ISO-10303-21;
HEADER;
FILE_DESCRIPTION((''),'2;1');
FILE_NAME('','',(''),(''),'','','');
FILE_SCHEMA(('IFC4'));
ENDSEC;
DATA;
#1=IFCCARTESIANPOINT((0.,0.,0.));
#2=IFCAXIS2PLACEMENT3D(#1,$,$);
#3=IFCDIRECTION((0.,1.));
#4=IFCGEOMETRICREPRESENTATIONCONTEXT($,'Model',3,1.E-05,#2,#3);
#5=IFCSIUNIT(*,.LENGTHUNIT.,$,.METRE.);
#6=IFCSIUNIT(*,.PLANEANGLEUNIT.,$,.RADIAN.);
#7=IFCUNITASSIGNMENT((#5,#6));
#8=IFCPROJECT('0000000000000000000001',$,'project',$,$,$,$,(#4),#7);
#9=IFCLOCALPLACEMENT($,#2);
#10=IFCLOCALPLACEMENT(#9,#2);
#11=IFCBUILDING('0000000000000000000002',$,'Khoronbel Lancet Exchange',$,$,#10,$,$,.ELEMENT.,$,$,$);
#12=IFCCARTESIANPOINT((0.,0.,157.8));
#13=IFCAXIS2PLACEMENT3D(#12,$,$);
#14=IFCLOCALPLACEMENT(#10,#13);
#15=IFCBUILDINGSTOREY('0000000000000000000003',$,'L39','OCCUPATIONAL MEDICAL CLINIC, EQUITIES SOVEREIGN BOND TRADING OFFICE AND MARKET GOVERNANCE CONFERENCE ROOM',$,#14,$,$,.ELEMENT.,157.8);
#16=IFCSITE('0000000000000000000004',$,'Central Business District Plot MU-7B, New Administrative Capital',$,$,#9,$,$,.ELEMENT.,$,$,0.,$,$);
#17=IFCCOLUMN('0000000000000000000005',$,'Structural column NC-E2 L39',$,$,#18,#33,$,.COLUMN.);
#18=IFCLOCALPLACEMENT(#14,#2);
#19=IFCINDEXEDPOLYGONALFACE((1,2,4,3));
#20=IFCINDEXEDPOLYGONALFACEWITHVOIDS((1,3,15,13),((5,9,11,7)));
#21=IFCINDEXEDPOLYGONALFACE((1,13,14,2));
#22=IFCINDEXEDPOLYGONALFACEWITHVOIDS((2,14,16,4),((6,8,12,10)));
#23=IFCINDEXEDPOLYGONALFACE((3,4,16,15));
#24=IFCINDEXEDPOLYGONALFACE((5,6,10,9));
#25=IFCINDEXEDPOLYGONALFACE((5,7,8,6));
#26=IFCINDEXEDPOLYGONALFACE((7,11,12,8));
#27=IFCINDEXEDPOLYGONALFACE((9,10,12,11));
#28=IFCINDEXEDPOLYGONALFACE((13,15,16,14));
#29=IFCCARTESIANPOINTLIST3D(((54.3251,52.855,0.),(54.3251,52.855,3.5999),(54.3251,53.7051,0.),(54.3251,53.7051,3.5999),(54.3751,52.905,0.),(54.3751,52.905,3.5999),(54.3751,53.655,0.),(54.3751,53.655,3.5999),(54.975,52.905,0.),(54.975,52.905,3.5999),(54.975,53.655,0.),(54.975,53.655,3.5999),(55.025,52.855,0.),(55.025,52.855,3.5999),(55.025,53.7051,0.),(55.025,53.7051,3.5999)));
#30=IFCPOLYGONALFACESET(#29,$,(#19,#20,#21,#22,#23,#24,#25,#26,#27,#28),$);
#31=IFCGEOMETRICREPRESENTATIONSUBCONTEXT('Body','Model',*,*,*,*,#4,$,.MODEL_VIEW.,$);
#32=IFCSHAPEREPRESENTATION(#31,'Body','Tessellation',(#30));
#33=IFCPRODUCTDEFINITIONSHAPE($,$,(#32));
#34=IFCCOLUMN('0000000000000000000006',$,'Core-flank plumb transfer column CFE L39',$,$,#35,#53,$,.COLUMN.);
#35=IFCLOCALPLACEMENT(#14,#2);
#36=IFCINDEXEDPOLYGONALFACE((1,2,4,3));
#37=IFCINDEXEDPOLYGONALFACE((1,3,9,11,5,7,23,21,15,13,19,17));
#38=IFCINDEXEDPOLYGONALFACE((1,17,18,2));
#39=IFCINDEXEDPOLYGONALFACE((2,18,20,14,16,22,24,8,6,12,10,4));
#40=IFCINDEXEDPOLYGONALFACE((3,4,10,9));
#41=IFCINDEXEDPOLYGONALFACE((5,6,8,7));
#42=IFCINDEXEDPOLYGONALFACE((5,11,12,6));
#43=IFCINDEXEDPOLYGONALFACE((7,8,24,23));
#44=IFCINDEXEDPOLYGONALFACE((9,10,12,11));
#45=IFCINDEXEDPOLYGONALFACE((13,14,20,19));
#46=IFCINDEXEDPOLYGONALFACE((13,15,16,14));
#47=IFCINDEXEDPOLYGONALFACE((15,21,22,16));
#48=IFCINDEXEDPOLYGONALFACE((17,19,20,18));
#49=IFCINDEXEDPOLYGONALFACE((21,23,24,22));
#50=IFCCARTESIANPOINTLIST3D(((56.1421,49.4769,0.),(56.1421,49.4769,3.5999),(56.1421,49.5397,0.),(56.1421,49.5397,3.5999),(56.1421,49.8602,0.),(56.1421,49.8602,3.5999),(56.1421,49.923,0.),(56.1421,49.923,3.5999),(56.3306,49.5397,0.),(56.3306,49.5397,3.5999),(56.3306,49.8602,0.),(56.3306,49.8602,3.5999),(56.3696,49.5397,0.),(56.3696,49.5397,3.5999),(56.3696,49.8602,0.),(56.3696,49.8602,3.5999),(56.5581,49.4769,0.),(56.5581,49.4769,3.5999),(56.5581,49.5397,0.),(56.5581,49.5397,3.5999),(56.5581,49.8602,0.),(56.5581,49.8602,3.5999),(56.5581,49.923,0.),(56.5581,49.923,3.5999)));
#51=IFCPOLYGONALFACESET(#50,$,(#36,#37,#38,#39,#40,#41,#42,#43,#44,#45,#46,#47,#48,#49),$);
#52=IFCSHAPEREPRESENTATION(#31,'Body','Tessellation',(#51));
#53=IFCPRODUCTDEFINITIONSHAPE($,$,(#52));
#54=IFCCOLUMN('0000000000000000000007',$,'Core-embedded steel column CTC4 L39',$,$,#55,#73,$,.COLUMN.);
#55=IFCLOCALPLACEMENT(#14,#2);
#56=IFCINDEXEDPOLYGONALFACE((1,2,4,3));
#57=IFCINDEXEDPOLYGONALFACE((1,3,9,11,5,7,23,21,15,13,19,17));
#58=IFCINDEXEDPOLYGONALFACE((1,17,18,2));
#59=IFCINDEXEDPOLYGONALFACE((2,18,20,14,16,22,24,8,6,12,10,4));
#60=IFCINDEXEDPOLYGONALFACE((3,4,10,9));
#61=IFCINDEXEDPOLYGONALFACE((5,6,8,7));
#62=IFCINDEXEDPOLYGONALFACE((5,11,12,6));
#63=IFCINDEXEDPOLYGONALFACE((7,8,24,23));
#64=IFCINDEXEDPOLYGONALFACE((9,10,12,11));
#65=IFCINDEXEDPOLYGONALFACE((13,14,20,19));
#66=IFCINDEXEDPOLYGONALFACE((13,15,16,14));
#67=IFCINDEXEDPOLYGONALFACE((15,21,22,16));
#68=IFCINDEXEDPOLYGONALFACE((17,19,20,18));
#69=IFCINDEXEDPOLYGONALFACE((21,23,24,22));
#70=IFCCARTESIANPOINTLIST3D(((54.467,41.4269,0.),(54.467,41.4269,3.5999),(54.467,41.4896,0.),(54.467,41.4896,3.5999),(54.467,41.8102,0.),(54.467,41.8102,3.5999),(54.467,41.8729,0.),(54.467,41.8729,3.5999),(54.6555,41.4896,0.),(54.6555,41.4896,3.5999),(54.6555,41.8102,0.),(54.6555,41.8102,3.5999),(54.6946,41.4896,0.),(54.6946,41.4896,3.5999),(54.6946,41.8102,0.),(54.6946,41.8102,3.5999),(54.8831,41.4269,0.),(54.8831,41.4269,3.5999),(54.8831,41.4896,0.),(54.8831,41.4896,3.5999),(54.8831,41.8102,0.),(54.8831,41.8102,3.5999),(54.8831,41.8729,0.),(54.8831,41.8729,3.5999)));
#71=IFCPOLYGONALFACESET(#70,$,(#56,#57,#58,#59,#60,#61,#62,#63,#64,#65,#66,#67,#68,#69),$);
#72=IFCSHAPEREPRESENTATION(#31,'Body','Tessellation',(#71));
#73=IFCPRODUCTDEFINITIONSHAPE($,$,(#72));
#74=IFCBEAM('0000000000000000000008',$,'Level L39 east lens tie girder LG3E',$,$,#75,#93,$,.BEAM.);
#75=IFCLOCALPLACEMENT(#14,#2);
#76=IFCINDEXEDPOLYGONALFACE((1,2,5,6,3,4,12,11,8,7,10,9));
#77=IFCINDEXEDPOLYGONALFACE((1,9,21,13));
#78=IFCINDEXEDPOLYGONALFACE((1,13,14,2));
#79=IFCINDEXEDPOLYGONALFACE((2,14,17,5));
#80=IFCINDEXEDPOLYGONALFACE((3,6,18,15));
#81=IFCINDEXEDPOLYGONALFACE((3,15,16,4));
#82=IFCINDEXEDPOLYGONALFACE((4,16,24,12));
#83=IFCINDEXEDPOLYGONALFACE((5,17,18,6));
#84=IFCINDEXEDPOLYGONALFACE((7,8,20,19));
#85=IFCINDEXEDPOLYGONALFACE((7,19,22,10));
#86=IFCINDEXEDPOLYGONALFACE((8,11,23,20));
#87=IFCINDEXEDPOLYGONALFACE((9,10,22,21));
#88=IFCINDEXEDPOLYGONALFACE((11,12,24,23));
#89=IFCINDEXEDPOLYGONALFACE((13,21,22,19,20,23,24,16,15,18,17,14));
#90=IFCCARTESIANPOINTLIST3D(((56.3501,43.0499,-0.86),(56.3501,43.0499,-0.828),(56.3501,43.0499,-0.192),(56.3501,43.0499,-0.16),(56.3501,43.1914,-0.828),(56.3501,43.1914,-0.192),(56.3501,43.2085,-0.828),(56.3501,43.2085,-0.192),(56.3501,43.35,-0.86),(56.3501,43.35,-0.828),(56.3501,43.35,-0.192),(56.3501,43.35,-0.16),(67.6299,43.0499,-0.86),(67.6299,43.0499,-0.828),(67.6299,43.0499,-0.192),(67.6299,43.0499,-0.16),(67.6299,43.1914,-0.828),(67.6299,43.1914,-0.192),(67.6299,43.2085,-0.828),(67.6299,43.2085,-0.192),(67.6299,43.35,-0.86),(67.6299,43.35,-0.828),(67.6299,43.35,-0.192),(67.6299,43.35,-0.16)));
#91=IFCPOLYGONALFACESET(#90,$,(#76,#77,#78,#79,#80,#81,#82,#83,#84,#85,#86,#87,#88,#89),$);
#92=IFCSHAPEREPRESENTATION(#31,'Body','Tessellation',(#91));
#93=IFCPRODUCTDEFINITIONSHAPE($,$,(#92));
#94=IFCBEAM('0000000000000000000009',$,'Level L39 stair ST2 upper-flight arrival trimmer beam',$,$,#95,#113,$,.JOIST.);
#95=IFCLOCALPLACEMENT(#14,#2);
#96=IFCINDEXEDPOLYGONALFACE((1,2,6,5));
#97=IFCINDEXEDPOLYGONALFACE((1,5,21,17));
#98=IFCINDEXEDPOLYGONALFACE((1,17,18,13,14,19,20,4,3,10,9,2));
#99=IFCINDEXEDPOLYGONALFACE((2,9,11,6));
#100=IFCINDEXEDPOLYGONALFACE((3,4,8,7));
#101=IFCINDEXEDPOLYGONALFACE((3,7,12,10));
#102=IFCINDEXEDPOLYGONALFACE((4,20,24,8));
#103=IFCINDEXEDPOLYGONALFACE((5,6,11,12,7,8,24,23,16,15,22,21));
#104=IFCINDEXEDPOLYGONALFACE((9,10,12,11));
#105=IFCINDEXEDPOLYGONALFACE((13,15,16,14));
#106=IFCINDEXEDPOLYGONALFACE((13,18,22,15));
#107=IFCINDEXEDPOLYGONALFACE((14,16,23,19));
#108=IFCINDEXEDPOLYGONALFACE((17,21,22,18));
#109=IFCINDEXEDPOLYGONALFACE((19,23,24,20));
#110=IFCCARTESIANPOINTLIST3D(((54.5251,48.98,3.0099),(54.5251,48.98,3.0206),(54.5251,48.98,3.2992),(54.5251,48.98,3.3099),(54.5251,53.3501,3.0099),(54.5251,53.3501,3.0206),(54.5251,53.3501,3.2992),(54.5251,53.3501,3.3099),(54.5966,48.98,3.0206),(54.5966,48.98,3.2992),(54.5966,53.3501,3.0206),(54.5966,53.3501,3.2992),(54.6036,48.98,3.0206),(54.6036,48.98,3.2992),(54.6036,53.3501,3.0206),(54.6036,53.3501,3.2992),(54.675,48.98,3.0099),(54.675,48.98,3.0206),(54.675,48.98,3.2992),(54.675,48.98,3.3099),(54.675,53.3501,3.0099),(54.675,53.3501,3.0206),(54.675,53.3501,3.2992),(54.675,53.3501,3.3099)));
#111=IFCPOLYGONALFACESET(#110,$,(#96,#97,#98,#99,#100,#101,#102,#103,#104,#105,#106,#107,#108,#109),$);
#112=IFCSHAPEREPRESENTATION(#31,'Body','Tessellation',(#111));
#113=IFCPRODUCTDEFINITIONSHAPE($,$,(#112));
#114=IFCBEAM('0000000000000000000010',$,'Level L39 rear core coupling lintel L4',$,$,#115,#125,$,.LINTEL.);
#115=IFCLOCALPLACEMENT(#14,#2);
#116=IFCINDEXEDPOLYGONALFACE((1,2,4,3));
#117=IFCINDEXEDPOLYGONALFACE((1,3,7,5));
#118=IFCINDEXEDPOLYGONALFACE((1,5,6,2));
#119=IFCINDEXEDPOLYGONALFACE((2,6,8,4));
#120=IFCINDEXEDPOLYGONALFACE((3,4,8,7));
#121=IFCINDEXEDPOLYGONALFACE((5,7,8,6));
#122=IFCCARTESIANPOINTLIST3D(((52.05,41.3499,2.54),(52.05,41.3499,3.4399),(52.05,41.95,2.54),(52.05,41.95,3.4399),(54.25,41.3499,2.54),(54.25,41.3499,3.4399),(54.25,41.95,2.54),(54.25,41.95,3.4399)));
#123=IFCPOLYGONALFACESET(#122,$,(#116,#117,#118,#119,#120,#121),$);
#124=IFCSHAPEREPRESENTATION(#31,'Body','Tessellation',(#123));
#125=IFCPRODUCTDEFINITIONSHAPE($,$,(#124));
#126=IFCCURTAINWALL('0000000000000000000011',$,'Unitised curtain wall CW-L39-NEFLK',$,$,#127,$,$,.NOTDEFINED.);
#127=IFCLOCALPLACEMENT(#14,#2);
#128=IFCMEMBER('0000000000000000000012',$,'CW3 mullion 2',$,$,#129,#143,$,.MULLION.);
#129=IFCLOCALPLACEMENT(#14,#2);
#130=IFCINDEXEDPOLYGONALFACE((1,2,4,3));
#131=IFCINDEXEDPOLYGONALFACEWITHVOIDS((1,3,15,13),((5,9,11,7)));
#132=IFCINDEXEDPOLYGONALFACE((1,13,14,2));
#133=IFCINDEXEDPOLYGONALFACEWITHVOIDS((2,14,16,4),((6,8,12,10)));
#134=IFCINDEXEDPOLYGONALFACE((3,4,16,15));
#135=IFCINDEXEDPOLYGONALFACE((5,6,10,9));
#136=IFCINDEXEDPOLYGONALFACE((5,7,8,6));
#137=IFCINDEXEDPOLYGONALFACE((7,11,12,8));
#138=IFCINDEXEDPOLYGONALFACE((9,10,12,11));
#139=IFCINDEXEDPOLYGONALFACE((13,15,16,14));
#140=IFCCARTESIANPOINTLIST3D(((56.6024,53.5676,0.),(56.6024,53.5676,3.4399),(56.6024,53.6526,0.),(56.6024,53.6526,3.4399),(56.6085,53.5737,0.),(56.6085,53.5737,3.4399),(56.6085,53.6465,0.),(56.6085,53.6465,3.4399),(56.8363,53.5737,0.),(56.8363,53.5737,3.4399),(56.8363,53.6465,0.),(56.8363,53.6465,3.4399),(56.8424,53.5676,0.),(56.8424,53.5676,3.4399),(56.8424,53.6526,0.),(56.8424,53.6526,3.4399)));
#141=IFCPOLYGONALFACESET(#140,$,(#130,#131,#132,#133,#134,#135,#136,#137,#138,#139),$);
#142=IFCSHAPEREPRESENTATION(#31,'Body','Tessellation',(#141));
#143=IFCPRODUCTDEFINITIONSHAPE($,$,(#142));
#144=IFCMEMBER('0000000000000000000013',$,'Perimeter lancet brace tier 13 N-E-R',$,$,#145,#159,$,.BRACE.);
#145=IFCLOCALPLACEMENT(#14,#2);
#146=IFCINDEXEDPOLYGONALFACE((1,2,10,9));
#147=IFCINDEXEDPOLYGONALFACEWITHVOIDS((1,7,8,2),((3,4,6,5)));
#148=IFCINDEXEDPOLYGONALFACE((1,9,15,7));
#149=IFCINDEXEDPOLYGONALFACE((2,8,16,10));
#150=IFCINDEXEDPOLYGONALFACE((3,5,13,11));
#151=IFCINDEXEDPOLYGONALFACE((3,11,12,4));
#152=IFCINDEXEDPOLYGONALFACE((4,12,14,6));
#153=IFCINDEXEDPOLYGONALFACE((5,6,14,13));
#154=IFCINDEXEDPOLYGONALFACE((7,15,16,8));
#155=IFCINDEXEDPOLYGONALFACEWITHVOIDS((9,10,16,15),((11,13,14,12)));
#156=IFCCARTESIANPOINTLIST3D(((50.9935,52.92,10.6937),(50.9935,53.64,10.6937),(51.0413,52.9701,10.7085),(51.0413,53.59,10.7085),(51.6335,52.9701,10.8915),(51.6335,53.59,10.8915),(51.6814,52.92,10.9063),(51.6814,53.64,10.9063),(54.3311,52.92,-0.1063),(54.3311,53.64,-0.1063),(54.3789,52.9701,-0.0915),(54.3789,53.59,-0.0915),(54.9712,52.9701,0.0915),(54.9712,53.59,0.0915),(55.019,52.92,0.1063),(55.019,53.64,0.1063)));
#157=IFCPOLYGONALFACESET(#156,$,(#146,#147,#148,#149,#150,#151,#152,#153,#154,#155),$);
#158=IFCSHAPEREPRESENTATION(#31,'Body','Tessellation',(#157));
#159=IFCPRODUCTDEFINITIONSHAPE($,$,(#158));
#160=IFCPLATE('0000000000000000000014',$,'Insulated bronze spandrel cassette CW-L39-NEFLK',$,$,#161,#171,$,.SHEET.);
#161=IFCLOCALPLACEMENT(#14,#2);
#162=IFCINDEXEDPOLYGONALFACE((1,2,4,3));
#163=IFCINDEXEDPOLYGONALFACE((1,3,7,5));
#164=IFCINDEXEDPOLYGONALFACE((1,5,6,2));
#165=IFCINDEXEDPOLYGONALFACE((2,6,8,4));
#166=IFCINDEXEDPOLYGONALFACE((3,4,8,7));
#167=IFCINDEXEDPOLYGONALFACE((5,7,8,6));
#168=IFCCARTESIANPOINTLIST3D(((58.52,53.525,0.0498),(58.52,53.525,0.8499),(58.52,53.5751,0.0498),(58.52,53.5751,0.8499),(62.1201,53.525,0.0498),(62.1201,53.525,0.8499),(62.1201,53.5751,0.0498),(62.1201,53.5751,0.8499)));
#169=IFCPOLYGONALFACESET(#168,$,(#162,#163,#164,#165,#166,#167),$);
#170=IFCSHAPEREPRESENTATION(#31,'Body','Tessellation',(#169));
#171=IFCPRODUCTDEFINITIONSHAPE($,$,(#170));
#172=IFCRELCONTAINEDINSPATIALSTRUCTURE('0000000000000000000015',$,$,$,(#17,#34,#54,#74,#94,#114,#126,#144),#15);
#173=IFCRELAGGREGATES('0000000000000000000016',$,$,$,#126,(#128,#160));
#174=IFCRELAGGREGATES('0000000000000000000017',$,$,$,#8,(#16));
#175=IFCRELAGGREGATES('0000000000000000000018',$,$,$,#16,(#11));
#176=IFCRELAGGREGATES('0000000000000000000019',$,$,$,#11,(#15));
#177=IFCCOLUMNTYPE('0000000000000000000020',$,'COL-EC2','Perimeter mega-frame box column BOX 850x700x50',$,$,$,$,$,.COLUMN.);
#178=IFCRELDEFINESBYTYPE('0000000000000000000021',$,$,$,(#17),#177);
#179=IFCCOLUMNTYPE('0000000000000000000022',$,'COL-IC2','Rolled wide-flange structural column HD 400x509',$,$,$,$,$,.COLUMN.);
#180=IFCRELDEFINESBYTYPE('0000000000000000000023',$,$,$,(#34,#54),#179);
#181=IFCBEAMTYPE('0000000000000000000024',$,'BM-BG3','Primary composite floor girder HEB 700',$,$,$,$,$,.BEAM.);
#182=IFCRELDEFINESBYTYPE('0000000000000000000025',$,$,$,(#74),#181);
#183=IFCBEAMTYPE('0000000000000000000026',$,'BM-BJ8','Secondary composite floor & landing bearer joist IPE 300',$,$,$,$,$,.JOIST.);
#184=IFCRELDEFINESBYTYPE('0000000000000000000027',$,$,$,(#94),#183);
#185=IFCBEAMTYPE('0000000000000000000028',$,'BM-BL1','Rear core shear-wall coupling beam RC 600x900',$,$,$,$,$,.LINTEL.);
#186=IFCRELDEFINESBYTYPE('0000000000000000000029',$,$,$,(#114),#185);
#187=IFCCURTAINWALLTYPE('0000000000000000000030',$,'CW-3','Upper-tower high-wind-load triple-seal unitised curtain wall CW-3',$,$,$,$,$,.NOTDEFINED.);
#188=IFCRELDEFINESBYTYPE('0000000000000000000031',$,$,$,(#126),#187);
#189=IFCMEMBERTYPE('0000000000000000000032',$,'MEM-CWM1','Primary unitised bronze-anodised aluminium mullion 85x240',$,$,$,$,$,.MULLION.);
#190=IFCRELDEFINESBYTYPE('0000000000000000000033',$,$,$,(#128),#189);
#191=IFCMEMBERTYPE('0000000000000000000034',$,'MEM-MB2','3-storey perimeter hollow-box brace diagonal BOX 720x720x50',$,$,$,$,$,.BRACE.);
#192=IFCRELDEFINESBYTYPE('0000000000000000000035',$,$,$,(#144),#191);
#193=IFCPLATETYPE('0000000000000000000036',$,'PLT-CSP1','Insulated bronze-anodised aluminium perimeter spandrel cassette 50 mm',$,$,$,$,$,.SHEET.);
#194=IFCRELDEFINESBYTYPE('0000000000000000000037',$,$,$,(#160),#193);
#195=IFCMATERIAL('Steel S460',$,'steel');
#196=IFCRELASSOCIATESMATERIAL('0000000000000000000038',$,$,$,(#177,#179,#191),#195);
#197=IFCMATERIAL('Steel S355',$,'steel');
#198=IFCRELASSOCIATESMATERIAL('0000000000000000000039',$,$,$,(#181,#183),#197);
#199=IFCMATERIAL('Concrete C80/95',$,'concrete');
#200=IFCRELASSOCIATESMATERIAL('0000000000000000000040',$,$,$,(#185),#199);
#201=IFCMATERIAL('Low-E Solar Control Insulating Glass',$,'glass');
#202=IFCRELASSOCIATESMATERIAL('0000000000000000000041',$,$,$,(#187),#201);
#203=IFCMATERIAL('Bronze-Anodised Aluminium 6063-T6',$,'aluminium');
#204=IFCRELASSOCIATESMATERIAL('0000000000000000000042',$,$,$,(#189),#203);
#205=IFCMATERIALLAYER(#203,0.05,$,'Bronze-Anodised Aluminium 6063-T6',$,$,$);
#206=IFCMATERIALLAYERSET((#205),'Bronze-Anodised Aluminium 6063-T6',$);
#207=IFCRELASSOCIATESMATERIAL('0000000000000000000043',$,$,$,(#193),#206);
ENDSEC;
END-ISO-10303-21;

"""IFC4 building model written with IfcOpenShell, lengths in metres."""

from ifc_helpers import new_model, si_unit, direction, frame, origin, origin_2d, place, context, subcontext, project, spatial, rectangle, hollow_rectangle, i_section, extrude, material, layer, layer_set, material_profile, profile_set, type_object, element, aggregate, save


model = new_model("IFC4")

# Units and contexts
model_context = context("Model", 3, precision=1e-05, world=origin(), true_north=direction((0.0, 1.0)))
body_context = subcontext(model_context, "Body", "Model", "MODEL_VIEW")
ifc_project = project(units=[si_unit("LENGTHUNIT", "METRE"), si_unit("PLANEANGLEUNIT", "RADIAN")], contexts=[model_context])

# Site, building, storey
site_placement = place(None, origin())
site = spatial("IfcSite", under=ifc_project, at=site_placement, Name="Central Business District Plot MU-7B, New Administrative Capital", CompositionType="ELEMENT", RefElevation=0.0)
building_placement = place(site_placement, origin())
building = spatial("IfcBuilding", under=site, at=building_placement, Name="Khoronbel Lancet Exchange", CompositionType="ELEMENT")
storey_placement = place(building_placement, frame((0.0, 0.0, 157.8)))
storey = spatial("IfcBuildingStorey", under=building, at=storey_placement, Name="L39", Description="OCCUPATIONAL MEDICAL CLINIC, EQUITIES SOVEREIGN BOND TRADING OFFICE AND MARKET GOVERNANCE CONFERENCE ROOM", CompositionType="ELEMENT", Elevation=157.8)

# Columns
ifc_material_1 = material(Name="Steel S460", Category="steel")
ifc_material_profile_1 = material_profile(ifc_material_1, hollow_rectangle(XDim=0.7, YDim=0.8501, WallThickness=0.05, at=origin_2d()), Name="BOX 850x700x50")
ifc_profile_set_1 = profile_set([ifc_material_profile_1], Name="Steel S460")
column_type_1 = type_object("IfcColumnType", Name="COL-EC2", Description="Perimeter mega-frame box column BOX 850x700x50", PredefinedType="COLUMN", material=ifc_profile_set_1)
column_placement = place(storey_placement, frame((54.675, 53.28, 0.0), z_axis=(0.0, 0.0, 1.0), x_axis=(1.0, 0.0, 0.0)))
element("IfcColumn", 1, at=column_placement, inside=storey, type_object=column_type_1, Name="Structural column NC-E2 L39", PredefinedType="COLUMN", context=body_context, shape_type="SweptSolid", body=[
    extrude(hollow_rectangle(XDim=0.7, YDim=0.8501, WallThickness=0.05, at=origin_2d()), origin(), (0.0, 0.0, 1.0), 3.5999),
])
ifc_material_profile_2 = material_profile(ifc_material_1, i_section(OverallWidth=0.416, OverallDepth=0.446, WebThickness=0.0391, FlangeThickness=0.0627, at=origin_2d()), Name="HD 400x509")
ifc_profile_set_2 = profile_set([ifc_material_profile_2], Name="Steel S460")
column_type_2 = type_object("IfcColumnType", Name="COL-IC2", Description="Rolled wide-flange structural column HD 400x509", PredefinedType="COLUMN", material=ifc_profile_set_2)
for number, where, z_axis, x_axis, name in (
    (2, (56.3501, 49.7, 0.0), (0.0, 0.0, 1.0), (1.0, 0.0, 0.0), "Core-flank plumb transfer column CFE L39"),
    (3, (54.675, 41.6499, 0.0), (0.0, 0.0, 1.0), (1.0, 0.0, 0.0), "Core-embedded steel column CTC4 L39"),
):
    element("IfcColumn", number, at=place(storey_placement, frame(where, z_axis=z_axis, x_axis=x_axis)), inside=storey, type_object=column_type_2, Name=name, PredefinedType="COLUMN", context=body_context, shape_type="SweptSolid", body=[
        extrude(i_section(OverallWidth=0.416, OverallDepth=0.446, WebThickness=0.0391, FlangeThickness=0.0627, at=origin_2d()), origin(), (0.0, 0.0, 1.0), 3.5999),
    ])

# Beams
ifc_material_2 = material(Name="Steel S355", Category="steel")
ifc_material_profile_3 = material_profile(ifc_material_2, i_section(OverallWidth=0.3, OverallDepth=0.7, WebThickness=0.0171, FlangeThickness=0.032, at=origin_2d()), Name="HEB 700")
ifc_profile_set_3 = profile_set([ifc_material_profile_3], Name="Steel S355")
beam_type_1 = type_object("IfcBeamType", Name="BM-BG3", Description="Primary composite floor girder HEB 700", PredefinedType="BEAM", material=ifc_profile_set_3)
beam_1_placement = place(storey_placement, frame((56.3501, 43.2, -0.51), z_axis=(1.0, 0.0, 0.0), x_axis=(0.0, 1.0, 0.0)))
element("IfcBeam", 4, at=beam_1_placement, inside=storey, type_object=beam_type_1, Name="Level L39 east lens tie girder LG3E", PredefinedType="BEAM", context=body_context, shape_type="SweptSolid", body=[
    extrude(i_section(OverallWidth=0.3, OverallDepth=0.7, WebThickness=0.0171, FlangeThickness=0.032, at=origin_2d()), origin(), (0.0, 0.0, 1.0), 11.2798),
])
ifc_material_profile_4 = material_profile(ifc_material_2, i_section(OverallWidth=0.1499, OverallDepth=0.3, WebThickness=0.0071, FlangeThickness=0.0107, at=origin_2d()), Name="IPE 300")
ifc_profile_set_4 = profile_set([ifc_material_profile_4], Name="Steel S355")
beam_type_2 = type_object("IfcBeamType", Name="BM-BJ8", Description="Secondary composite floor & landing bearer joist IPE 300", PredefinedType="JOIST", material=ifc_profile_set_4)
beam_2_placement = place(storey_placement, frame((54.6001, 48.98, 3.1599), z_axis=(0.0, 1.0, 0.0), x_axis=(-1.0, 0.0, 0.0)))
element("IfcBeam", 5, at=beam_2_placement, inside=storey, type_object=beam_type_2, Name="Level L39 stair ST2 upper-flight arrival trimmer beam", PredefinedType="JOIST", context=body_context, shape_type="SweptSolid", body=[
    extrude(i_section(OverallWidth=0.1499, OverallDepth=0.3, WebThickness=0.0071, FlangeThickness=0.0107, at=origin_2d()), origin(), (0.0, 0.0, 1.0), 4.3701),
])
ifc_material_3 = material(Name="Concrete C80/95", Category="concrete")
ifc_material_profile_5 = material_profile(ifc_material_3, rectangle(XDim=0.6001, YDim=0.8999, at=origin_2d()), Name="RC 600x900")
ifc_profile_set_5 = profile_set([ifc_material_profile_5], Name="Concrete C80/95")
beam_type_3 = type_object("IfcBeamType", Name="BM-BL1", Description="Rear core shear-wall coupling beam RC 600x900", PredefinedType="LINTEL", material=ifc_profile_set_5)
beam_3_placement = place(storey_placement, frame((52.05, 41.6499, 2.99), z_axis=(1.0, 0.0, 0.0), x_axis=(0.0, 1.0, 0.0)))
element("IfcBeam", 6, at=beam_3_placement, inside=storey, type_object=beam_type_3, Name="Level L39 rear core coupling lintel L4", PredefinedType="LINTEL", context=body_context, shape_type="SweptSolid", body=[
    extrude(rectangle(XDim=0.6001, YDim=0.8999, at=origin_2d()), origin(), (0.0, 0.0, 1.0), 2.2),
])

# Curtain wall, member
ifc_material_4 = material(Name="Low-E Solar Control Insulating Glass", Category="glass")
curtain_wall_type = type_object("IfcCurtainWallType", Name="CW-3", Description="Upper-tower high-wind-load triple-seal unitised curtain wall CW-3", PredefinedType="NOTDEFINED", material=ifc_material_4)
curtain_wall_placement = place(storey_placement, origin())
curtain_wall = element("IfcCurtainWall", 7, at=curtain_wall_placement, inside=storey, type_object=curtain_wall_type, Name="Unitised curtain wall CW-L39-NEFLK", PredefinedType="NOTDEFINED")
ifc_material_5 = material(Name="Bronze-Anodised Aluminium 6063-T6", Category="aluminium")
ifc_material_profile_6 = material_profile(ifc_material_5, hollow_rectangle(XDim=0.085, YDim=0.24, WallThickness=0.0061, at=origin_2d()), Name="ALU MULLION 85x240")
ifc_profile_set_6 = profile_set([ifc_material_profile_6], Name="Bronze-Anodised Aluminium 6063-T6")
member_type_1 = type_object("IfcMemberType", Name="MEM-CWM1", Description="Primary unitised bronze-anodised aluminium mullion 85x240", PredefinedType="MULLION", material=ifc_profile_set_6)
member_1_placement = place(storey_placement, frame((56.7224, 53.6101, 0.0), z_axis=(0.0, 0.0, 1.0), x_axis=(0.0, -1.0, 0.0)))
member_1 = element("IfcMember", 8, at=member_1_placement, type_object=member_type_1, Name="CW3 mullion 2", PredefinedType="MULLION", context=body_context, shape_type="SweptSolid", body=[
    extrude(hollow_rectangle(XDim=0.085, YDim=0.24, WallThickness=0.0061, at=origin_2d()), origin(), (0.0, 0.0, 1.0), 3.4399),
])

# Member
ifc_material_profile_7 = material_profile(ifc_material_1, hollow_rectangle(XDim=0.72, YDim=0.72, WallThickness=0.05, at=origin_2d()), Name="BOX 720x720x50")
ifc_profile_set_7 = profile_set([ifc_material_profile_7], Name="Steel S460")
member_type_2 = type_object("IfcMemberType", Name="MEM-MB2", Description="3-storey perimeter hollow-box brace diagonal BOX 720x720x50", PredefinedType="BRACE", material=ifc_profile_set_7)
member_2_placement = place(storey_placement, frame((54.675, 53.28, 0.0), z_axis=(-0.295262, 0.0, 0.955416), x_axis=(0.0, -1.0, 0.0)))
element("IfcMember", 9, at=member_2_placement, inside=storey, type_object=member_type_2, Name="Perimeter lancet brace tier 13 N-E-R", PredefinedType="BRACE", context=body_context, shape_type="SweptSolid", body=[
    extrude(hollow_rectangle(XDim=0.72, YDim=0.72, WallThickness=0.05, at=origin_2d()), origin(), (0.0, 0.0, 1.0), 11.304),
])

# Plate
ifc_layer_1 = layer(ifc_material_5, 0.05, Name="Bronze-Anodised Aluminium 6063-T6")
ifc_layer_set_1 = layer_set([ifc_layer_1], Name="Bronze-Anodised Aluminium 6063-T6")
plate_type_1 = type_object("IfcPlateType", Name="PLT-CSP1", Description="Insulated bronze-anodised aluminium perimeter spandrel cassette 50 mm", PredefinedType="SHEET", material=ifc_layer_set_1)
plate_1_placement = place(storey_placement, frame((60.3201, 53.55, 0.0498), z_axis=(0.0, 0.0, 1.0), x_axis=(-1.0, 0.0, 0.0)))
plate_1 = element("IfcPlate", 10, at=plate_1_placement, type_object=plate_type_1, Name="Insulated bronze spandrel cassette CW-L39-NEFLK", PredefinedType="SHEET", context=body_context, shape_type="SweptSolid", body=[
    extrude(rectangle(XDim=3.6001, YDim=0.05, at=origin_2d()), origin(), (0.0, 0.0, 1.0), 0.8),
])
aggregate(curtain_wall, [member_1, plate_1])

save(model, "model.ifc")
